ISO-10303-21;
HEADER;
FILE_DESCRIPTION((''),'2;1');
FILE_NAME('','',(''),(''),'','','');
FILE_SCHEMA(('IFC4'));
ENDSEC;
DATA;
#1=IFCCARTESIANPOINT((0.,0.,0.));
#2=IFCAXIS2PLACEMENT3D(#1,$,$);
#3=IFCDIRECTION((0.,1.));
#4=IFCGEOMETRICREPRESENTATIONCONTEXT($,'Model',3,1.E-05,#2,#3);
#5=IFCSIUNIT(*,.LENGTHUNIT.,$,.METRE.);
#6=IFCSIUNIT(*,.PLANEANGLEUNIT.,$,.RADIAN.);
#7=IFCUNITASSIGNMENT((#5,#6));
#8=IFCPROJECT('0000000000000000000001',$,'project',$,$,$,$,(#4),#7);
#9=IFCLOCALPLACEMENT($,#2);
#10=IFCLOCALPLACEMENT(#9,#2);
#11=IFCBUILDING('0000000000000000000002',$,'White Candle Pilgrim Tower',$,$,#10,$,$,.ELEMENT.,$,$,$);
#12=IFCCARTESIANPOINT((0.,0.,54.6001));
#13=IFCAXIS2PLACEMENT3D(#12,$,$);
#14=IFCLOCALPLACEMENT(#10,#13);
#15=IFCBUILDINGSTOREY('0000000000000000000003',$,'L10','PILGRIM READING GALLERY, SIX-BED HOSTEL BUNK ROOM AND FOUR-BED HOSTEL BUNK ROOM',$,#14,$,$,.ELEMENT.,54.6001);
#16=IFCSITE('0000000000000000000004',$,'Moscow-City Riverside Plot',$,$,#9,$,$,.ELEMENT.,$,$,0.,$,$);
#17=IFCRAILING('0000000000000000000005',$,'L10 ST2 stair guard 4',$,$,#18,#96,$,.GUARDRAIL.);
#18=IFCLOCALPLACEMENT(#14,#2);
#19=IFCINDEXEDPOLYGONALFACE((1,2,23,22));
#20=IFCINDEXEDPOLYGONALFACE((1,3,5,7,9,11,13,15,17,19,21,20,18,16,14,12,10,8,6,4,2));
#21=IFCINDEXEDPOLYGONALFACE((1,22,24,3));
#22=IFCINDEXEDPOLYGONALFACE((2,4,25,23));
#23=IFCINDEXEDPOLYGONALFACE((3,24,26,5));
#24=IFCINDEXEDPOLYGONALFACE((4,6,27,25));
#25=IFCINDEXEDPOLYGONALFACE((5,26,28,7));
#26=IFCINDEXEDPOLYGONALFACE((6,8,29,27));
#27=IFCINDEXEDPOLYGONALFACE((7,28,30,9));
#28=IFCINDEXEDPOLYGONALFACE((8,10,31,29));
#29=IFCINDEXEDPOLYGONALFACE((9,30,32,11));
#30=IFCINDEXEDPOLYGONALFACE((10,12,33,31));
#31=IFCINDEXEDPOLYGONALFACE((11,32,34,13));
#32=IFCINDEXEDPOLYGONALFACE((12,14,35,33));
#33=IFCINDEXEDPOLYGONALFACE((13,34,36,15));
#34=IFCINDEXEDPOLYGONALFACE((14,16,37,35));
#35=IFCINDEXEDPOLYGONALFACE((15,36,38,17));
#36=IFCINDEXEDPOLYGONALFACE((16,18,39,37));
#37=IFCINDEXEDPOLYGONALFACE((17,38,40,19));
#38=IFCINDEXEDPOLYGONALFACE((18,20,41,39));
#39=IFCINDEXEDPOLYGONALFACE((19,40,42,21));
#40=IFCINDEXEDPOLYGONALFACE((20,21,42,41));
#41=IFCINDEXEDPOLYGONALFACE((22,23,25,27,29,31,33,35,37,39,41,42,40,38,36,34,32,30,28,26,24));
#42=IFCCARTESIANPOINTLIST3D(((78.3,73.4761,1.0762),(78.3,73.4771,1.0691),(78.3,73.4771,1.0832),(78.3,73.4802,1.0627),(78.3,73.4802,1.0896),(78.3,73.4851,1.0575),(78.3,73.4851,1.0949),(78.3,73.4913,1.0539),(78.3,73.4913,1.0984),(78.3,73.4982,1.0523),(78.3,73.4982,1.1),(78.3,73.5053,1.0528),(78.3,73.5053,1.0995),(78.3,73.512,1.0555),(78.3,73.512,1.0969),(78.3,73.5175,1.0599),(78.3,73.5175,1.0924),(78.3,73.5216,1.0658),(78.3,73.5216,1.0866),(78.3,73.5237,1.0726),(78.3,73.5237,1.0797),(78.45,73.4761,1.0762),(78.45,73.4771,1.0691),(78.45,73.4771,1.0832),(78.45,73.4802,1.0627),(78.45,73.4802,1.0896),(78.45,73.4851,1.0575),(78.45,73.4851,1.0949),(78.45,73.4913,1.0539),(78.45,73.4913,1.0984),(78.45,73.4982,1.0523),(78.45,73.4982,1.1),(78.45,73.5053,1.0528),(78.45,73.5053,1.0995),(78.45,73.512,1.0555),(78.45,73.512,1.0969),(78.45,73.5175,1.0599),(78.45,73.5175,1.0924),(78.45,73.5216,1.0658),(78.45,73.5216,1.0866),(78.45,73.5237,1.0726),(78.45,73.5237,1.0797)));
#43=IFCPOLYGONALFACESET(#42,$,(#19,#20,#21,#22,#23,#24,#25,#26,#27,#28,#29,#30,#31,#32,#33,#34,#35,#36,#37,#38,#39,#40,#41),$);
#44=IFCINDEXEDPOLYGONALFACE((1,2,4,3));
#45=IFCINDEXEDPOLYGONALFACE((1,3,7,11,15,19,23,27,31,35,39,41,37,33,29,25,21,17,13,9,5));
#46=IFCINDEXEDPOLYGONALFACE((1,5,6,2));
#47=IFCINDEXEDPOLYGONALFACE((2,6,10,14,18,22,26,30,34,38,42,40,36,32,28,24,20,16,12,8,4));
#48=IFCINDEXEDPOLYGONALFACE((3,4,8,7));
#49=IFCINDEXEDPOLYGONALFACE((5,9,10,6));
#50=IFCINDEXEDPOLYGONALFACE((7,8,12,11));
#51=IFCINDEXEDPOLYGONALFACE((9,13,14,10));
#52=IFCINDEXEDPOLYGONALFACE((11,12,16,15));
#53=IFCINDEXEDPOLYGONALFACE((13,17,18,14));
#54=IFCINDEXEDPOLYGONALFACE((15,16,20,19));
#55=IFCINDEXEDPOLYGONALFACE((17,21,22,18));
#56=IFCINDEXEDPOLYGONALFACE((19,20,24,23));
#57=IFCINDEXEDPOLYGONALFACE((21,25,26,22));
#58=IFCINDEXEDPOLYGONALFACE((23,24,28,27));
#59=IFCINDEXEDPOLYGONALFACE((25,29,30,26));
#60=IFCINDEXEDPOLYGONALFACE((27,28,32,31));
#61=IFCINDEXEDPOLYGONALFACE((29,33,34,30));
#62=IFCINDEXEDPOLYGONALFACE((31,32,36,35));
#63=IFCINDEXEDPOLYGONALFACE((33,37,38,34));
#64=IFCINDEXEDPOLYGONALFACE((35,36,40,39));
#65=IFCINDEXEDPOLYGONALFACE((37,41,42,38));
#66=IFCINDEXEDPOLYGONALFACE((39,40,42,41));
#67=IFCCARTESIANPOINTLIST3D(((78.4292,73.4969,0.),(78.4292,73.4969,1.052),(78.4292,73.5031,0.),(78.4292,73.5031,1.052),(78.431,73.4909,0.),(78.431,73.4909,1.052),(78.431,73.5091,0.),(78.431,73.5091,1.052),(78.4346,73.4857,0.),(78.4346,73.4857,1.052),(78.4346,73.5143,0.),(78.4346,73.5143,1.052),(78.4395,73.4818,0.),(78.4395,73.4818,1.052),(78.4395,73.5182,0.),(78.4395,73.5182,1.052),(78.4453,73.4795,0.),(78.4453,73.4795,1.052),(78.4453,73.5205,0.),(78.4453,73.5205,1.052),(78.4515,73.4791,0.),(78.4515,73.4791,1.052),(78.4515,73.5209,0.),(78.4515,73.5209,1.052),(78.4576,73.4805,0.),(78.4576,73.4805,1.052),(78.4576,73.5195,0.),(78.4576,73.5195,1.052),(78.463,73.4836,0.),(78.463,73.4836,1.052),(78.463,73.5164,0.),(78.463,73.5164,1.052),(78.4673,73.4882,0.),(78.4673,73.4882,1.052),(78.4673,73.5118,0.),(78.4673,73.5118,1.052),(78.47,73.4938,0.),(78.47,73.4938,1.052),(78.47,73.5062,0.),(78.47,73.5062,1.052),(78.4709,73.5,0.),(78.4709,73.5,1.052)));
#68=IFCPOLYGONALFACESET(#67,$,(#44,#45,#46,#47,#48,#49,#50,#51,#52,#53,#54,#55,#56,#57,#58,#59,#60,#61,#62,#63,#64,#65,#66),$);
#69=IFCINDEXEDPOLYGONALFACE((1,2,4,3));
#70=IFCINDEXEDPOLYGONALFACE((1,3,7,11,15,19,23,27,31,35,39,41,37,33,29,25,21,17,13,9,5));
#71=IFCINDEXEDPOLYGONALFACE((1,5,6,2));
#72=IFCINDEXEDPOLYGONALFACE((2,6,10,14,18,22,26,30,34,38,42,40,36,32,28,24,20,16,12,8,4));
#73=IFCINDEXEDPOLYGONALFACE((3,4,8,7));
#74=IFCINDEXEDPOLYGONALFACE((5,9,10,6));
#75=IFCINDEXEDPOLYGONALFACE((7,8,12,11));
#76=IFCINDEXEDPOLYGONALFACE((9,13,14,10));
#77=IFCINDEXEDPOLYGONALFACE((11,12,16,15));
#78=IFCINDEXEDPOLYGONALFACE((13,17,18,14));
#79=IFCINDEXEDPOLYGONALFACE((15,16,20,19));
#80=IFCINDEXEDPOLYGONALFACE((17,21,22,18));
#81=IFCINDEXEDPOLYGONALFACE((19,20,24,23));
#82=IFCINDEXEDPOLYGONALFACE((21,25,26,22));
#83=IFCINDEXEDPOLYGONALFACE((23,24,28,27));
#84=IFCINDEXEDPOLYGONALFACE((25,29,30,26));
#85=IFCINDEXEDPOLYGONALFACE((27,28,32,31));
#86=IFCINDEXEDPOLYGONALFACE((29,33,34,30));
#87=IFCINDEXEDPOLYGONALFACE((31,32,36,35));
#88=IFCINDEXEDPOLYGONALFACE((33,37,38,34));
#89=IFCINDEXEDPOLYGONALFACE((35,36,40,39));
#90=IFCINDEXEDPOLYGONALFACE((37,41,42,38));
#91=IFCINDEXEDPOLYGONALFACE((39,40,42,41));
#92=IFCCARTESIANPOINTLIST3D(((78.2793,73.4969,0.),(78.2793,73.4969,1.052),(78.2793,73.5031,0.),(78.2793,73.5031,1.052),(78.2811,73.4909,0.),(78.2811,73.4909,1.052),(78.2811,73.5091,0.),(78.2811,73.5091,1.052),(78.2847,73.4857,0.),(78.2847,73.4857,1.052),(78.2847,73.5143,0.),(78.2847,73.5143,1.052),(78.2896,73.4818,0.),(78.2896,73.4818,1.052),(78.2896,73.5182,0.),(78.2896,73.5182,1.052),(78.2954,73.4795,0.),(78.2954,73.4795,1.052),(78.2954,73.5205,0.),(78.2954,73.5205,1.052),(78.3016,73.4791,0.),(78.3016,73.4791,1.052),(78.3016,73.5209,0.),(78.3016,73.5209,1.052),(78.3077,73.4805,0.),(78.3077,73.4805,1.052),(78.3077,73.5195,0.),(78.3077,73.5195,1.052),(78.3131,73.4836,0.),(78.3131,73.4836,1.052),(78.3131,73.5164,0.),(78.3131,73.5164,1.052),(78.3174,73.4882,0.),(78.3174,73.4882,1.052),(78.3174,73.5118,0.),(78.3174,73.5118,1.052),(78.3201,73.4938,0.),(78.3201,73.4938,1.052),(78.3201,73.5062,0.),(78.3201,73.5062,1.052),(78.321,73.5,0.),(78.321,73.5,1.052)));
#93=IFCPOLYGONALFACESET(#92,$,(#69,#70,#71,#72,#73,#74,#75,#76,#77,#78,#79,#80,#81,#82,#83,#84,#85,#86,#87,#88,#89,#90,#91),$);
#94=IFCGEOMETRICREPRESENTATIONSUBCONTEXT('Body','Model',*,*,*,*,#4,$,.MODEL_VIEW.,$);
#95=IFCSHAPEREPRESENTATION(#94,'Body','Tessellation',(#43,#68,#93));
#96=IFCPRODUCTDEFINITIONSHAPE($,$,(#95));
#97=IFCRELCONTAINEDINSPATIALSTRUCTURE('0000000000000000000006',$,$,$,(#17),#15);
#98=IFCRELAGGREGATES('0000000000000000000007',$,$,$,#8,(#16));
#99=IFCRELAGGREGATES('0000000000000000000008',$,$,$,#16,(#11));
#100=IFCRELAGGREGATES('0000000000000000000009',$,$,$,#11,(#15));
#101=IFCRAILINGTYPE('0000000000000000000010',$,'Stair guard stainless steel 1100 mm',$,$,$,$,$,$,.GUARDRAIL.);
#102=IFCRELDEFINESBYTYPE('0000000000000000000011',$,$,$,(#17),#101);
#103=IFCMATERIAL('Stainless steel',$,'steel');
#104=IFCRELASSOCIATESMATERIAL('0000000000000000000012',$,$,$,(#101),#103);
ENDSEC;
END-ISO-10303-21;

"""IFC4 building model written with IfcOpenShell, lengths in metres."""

from ifc_helpers import new_model, si_unit, direction, frame, origin, origin_2d, place, context, subcontext, project, spatial, circle, extrude, material, type_object, element, save


model = new_model("IFC4")

# Units and contexts
model_context = context("Model", 3, precision=1e-05, world=origin(), true_north=direction((0.0, 1.0)))
body_context = subcontext(model_context, "Body", "Model", "MODEL_VIEW")
ifc_project = project(units=[si_unit("LENGTHUNIT", "METRE"), si_unit("PLANEANGLEUNIT", "RADIAN")], contexts=[model_context])

# Site, building, storey
site_placement = place(None, origin())
site = spatial("IfcSite", under=ifc_project, at=site_placement, Name="Moscow-City Riverside Plot", CompositionType="ELEMENT", RefElevation=0.0)
building_placement = place(site_placement, origin())
building = spatial("IfcBuilding", under=site, at=building_placement, Name="White Candle Pilgrim Tower", CompositionType="ELEMENT")
storey_placement = place(building_placement, frame((0.0, 0.0, 54.6001)))
storey = spatial("IfcBuildingStorey", under=building, at=storey_placement, Name="L10", Description="PILGRIM READING GALLERY, SIX-BED HOSTEL BUNK ROOM AND FOUR-BED HOSTEL BUNK ROOM", CompositionType="ELEMENT", Elevation=54.6001)

# Railing
ifc_material_1 = material(Name="Stainless steel", Category="steel")
railing_type_1 = type_object("IfcRailingType", Name="Stair guard stainless steel 1100 mm", PredefinedType="GUARDRAIL", material=ifc_material_1)
railing_1_placement = place(storey_placement, frame((78.45, 73.5, 0.0)))
element("IfcRailing", 1, at=railing_1_placement, inside=storey, type_object=railing_type_1, Name="L10 ST2 stair guard 4", PredefinedType="GUARDRAIL", context=body_context, shape_type="SweptSolid", body=[
    extrude(circle(Radius=0.0239, at=origin_2d()), frame((0.0, 0.0, 1.0762), z_axis=(-1.0, 0.0, 0.0), x_axis=(0.0, -1.0, 0.0)), (0.0, 0.0, 1.0), 0.1499),
    extrude(circle(Radius=0.021, at=origin_2d()), origin(), (0.0, 0.0, 1.0), 1.052),
    extrude(circle(Radius=0.021, at=origin_2d()), frame((-0.1499, 0.0, 0.0)), (0.0, 0.0, 1.0), 1.052),
])

save(model, "model.ifc")
